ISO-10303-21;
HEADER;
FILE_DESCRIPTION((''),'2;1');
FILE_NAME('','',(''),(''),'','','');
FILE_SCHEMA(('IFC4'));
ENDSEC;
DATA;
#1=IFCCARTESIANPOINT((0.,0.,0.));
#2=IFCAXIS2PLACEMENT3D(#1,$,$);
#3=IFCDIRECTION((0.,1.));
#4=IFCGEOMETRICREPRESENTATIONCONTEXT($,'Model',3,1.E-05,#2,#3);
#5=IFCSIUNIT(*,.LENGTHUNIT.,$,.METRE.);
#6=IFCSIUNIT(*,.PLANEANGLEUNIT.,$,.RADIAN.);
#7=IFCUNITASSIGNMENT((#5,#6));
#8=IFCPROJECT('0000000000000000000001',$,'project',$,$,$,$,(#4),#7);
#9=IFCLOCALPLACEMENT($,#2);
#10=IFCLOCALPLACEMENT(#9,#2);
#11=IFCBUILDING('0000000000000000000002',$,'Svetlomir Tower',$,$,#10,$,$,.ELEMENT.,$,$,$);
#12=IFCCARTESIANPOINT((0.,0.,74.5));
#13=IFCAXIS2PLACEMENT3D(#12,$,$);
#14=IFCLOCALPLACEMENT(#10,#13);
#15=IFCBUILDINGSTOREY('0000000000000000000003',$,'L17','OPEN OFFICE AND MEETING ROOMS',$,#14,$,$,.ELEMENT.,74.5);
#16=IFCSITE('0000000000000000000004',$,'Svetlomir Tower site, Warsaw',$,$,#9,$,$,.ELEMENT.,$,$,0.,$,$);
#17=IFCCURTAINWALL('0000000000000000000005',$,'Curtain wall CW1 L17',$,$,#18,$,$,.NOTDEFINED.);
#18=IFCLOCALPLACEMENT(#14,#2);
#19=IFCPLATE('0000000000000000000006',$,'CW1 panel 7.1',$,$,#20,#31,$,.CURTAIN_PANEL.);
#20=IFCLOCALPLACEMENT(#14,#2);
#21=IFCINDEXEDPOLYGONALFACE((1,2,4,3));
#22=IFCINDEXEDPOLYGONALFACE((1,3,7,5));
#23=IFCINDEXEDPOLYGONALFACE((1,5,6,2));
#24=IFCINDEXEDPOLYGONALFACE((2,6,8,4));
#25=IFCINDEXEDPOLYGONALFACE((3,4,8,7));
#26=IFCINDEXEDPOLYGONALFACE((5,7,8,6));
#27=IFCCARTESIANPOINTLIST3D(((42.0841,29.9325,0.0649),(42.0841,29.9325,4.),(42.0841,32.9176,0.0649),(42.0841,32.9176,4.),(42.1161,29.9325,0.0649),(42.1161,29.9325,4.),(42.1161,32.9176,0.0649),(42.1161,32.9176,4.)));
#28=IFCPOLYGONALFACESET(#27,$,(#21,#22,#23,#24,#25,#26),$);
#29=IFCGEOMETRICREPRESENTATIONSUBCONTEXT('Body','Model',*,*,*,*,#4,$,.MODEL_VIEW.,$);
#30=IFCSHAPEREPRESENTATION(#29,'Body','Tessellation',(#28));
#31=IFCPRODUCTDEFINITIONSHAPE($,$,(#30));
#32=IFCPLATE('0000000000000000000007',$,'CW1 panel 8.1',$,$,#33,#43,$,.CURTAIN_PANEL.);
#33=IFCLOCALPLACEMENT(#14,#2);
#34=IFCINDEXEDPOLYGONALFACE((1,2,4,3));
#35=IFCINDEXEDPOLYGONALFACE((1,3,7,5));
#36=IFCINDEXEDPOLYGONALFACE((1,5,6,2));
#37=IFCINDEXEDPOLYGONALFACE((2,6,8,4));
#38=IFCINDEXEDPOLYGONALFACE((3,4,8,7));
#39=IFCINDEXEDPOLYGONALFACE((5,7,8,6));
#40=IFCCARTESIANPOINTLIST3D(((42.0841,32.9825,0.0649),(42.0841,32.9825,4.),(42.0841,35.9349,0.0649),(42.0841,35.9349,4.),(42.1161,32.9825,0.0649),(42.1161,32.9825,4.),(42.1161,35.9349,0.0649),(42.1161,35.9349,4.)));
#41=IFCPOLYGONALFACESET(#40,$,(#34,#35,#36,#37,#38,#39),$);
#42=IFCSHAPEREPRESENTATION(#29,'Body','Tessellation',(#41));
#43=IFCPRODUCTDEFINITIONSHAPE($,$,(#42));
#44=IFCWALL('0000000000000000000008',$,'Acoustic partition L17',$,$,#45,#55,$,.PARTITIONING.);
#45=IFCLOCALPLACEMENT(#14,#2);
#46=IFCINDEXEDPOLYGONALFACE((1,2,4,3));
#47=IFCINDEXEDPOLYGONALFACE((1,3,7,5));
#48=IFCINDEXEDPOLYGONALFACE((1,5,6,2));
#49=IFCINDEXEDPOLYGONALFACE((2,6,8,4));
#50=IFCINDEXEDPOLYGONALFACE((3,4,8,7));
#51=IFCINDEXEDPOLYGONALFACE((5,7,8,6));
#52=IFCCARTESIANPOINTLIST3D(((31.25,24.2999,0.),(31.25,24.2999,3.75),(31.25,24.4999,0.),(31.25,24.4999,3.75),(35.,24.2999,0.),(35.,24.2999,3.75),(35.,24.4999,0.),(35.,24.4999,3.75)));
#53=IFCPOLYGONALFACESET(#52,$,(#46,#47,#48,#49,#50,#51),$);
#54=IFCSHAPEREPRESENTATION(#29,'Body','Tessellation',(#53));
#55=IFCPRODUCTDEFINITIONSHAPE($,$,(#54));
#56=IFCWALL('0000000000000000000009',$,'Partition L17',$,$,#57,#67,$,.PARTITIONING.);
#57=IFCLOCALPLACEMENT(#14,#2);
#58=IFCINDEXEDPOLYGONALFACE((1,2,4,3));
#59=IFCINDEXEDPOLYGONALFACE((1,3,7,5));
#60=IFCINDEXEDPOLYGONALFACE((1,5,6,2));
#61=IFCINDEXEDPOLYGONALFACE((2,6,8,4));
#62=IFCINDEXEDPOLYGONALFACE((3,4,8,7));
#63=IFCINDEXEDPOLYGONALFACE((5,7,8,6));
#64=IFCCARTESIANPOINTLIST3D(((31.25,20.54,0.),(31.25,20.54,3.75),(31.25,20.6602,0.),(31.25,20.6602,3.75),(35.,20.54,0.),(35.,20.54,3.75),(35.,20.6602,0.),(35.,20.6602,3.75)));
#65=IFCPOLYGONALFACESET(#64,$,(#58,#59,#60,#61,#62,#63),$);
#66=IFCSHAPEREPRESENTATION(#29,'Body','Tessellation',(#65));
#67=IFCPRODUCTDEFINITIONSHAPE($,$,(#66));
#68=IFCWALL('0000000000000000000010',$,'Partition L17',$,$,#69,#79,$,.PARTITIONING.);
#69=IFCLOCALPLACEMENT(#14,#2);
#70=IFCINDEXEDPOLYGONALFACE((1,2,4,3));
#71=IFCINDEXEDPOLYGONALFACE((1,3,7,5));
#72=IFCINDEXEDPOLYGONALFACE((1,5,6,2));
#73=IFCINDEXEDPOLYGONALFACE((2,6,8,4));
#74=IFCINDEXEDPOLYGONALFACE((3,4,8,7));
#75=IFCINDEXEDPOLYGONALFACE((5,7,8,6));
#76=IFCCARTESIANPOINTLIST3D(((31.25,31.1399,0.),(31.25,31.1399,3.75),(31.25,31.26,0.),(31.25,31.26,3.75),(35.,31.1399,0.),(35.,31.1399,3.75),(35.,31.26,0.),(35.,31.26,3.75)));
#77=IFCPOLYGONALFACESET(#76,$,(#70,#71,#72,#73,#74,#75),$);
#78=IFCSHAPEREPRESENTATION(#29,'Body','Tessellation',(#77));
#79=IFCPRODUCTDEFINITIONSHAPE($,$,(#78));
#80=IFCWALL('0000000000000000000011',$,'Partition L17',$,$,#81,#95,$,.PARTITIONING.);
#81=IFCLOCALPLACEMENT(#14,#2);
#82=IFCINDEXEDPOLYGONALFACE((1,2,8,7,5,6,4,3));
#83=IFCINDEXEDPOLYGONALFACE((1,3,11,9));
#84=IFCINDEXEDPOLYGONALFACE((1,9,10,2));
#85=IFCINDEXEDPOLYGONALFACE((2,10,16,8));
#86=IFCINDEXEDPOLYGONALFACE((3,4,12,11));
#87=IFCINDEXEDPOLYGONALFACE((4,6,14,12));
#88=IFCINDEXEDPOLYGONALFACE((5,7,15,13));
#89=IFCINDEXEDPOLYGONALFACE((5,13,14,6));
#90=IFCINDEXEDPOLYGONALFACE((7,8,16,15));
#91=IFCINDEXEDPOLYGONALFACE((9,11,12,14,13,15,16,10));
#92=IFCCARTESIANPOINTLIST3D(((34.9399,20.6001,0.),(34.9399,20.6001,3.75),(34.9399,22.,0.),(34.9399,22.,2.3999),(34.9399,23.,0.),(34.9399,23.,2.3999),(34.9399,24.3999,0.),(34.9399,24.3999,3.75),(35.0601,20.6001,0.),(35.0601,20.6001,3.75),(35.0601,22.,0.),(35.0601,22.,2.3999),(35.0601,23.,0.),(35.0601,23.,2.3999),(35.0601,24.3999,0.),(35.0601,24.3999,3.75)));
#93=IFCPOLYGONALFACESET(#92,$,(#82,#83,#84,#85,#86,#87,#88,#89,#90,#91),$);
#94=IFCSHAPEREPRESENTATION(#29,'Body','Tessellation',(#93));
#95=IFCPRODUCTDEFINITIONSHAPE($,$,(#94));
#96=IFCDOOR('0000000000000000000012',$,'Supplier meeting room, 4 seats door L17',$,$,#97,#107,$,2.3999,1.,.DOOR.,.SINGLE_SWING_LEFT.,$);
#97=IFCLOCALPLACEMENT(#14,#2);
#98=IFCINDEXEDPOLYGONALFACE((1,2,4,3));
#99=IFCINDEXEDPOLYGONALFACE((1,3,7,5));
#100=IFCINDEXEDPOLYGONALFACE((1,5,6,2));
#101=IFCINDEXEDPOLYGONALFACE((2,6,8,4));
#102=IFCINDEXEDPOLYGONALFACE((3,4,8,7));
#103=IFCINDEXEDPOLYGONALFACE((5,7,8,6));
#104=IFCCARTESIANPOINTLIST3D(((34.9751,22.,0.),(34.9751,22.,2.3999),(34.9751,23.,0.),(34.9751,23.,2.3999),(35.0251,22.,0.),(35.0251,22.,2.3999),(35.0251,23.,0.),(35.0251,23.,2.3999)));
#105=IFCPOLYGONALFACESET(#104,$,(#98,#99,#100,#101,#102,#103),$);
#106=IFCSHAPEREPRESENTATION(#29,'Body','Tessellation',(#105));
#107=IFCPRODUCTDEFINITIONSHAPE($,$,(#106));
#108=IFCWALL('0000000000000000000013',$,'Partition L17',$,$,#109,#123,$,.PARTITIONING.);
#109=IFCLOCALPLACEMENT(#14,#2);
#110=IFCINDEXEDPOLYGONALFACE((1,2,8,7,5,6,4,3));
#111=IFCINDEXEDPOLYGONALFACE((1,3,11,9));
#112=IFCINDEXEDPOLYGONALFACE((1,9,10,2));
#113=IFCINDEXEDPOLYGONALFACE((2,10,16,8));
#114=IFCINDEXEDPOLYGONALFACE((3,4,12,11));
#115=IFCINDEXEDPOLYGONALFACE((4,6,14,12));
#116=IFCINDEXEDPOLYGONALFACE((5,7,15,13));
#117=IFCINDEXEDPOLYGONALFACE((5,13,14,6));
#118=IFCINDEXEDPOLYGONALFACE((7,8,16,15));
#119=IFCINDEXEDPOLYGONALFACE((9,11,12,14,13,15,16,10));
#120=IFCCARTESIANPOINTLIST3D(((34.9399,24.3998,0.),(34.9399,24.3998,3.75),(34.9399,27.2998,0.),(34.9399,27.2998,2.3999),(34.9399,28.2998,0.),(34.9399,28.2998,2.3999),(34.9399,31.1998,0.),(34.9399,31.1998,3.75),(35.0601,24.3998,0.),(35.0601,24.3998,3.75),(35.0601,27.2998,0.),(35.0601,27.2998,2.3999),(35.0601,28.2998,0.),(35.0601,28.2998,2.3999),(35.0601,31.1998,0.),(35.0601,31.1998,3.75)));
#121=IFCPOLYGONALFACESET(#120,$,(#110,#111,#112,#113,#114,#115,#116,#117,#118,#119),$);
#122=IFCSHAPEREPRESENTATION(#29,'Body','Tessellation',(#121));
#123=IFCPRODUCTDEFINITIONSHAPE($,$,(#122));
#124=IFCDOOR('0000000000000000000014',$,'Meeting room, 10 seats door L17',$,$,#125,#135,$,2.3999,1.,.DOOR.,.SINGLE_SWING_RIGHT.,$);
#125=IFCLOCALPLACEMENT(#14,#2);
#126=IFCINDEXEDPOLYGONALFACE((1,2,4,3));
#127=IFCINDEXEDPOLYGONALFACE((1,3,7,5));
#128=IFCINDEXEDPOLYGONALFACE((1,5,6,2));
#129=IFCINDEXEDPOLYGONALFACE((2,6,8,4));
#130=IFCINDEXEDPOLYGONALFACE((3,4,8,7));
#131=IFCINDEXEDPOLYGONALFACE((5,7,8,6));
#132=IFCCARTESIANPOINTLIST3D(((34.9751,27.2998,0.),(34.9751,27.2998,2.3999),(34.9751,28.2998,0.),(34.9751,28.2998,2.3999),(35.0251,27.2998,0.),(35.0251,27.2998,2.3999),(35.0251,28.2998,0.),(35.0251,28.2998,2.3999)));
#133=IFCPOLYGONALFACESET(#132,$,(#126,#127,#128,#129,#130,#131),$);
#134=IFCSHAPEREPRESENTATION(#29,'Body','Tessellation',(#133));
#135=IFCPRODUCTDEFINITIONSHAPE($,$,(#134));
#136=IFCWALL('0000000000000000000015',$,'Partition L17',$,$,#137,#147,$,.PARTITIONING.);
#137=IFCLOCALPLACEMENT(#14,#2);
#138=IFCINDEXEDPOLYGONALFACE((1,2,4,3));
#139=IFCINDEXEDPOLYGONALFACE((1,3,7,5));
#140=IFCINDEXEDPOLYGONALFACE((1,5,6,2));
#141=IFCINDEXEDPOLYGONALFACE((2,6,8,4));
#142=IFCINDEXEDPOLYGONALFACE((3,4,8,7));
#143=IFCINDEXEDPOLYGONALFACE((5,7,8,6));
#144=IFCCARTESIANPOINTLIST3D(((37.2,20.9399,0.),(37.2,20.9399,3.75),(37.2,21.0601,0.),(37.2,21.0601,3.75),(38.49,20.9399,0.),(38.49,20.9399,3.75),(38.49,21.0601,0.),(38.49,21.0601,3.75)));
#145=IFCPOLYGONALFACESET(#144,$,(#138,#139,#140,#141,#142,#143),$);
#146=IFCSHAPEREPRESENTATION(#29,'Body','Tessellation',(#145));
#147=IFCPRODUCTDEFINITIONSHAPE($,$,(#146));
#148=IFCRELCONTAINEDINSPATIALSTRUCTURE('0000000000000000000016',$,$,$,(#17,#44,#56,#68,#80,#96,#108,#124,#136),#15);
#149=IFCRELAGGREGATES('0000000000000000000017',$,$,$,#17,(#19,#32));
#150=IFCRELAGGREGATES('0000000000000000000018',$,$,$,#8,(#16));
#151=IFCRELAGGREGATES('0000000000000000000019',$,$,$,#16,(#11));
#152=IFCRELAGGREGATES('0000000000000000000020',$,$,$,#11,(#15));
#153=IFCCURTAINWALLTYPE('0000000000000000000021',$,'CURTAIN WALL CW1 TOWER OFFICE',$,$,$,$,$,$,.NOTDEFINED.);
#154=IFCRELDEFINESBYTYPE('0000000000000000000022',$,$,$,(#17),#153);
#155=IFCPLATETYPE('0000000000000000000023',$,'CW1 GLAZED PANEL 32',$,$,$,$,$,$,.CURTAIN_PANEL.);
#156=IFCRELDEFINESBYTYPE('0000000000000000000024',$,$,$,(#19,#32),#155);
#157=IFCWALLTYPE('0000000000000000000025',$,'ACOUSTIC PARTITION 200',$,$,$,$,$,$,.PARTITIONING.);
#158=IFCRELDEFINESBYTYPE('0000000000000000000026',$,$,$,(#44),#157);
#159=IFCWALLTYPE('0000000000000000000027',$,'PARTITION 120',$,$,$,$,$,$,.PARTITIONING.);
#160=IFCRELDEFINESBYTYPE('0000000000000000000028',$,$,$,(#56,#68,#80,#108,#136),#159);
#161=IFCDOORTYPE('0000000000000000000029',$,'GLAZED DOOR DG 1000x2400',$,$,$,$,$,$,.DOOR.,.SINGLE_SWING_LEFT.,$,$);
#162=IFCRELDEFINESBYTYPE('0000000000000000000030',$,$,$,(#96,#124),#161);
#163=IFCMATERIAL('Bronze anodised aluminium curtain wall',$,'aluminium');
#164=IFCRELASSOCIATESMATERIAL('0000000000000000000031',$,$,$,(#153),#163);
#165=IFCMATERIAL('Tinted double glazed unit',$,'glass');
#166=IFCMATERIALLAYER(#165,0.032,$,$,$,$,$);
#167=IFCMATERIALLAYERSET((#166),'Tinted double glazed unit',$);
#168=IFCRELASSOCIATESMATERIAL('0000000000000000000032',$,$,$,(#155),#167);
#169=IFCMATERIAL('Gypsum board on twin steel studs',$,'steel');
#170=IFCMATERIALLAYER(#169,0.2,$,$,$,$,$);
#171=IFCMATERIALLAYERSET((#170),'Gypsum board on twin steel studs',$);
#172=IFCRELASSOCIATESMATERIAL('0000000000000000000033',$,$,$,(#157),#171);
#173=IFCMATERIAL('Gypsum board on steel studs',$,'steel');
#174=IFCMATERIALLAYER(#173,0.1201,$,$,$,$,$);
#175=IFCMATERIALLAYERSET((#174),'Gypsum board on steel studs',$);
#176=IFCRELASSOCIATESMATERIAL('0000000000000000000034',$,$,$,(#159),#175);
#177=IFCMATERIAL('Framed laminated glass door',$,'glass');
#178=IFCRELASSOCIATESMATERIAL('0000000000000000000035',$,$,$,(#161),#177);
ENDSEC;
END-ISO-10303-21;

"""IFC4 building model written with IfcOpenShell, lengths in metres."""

from ifc_helpers import new_model, si_unit, direction, frame, frame_2d, origin, origin_2d, place, context, subcontext, project, spatial, rectangle, extrude, material, layer, layer_set, type_object, element, fill, aggregate, save


model = new_model("IFC4")

# Units and contexts
model_context = context("Model", 3, precision=1e-05, world=origin(), true_north=direction((0.0, 1.0)))
body_context = subcontext(model_context, "Body", "Model", "MODEL_VIEW")
ifc_project = project(units=[si_unit("LENGTHUNIT", "METRE"), si_unit("PLANEANGLEUNIT", "RADIAN")], contexts=[model_context])

# Site, building, storey
site_placement = place(None, origin())
site = spatial("IfcSite", under=ifc_project, at=site_placement, Name="Svetlomir Tower site, Warsaw", CompositionType="ELEMENT", RefElevation=0.0)
building_placement = place(site_placement, origin())
building = spatial("IfcBuilding", under=site, at=building_placement, Name="Svetlomir Tower", CompositionType="ELEMENT")
storey_placement = place(building_placement, frame((0.0, 0.0, 74.5)))
storey = spatial("IfcBuildingStorey", under=building, at=storey_placement, Name="L17", Description="OPEN OFFICE AND MEETING ROOMS", CompositionType="ELEMENT", Elevation=74.5)

# Curtain wall
ifc_material_1 = material(Name="Bronze anodised aluminium curtain wall", Category="aluminium")
curtain_wall_type = type_object("IfcCurtainWallType", Name="CURTAIN WALL CW1 TOWER OFFICE", PredefinedType="NOTDEFINED", material=ifc_material_1)
curtain_wall_placement = place(storey_placement, origin())
curtain_wall = element("IfcCurtainWall", 1, at=curtain_wall_placement, inside=storey, type_object=curtain_wall_type, Name="Curtain wall CW1 L17", PredefinedType="NOTDEFINED")

# Plates
ifc_material_2 = material(Name="Tinted double glazed unit", Category="glass")
ifc_layer_1 = layer(ifc_material_2, 0.032)
ifc_layer_set_1 = layer_set([ifc_layer_1], Name="Tinted double glazed unit")
plate_type = type_object("IfcPlateType", Name="CW1 GLAZED PANEL 32", PredefinedType="CURTAIN_PANEL", material=ifc_layer_set_1)
plate_1_placement = place(storey_placement, frame((42.1001, 31.425, 0.0649), z_axis=(0.0, 0.0, 1.0), x_axis=(0.0, 1.0, 0.0)))
plate_1 = element("IfcPlate", 2, at=plate_1_placement, type_object=plate_type, Name="CW1 panel 7.1", PredefinedType="CURTAIN_PANEL", context=body_context, shape_type="SweptSolid", body=[
    extrude(rectangle(XDim=2.9851, YDim=0.032, at=origin_2d()), origin(), (0.0, 0.0, 1.0), 3.9351),
])
plate_2_placement = place(storey_placement, frame((42.1001, 34.4587, 0.0649), z_axis=(0.0, 0.0, 1.0), x_axis=(0.0, 1.0, 0.0)))
plate_2 = element("IfcPlate", 3, at=plate_2_placement, type_object=plate_type, Name="CW1 panel 8.1", PredefinedType="CURTAIN_PANEL", context=body_context, shape_type="SweptSolid", body=[
    extrude(rectangle(XDim=2.9524, YDim=0.032, at=origin_2d()), origin(), (0.0, 0.0, 1.0), 3.9351),
])
aggregate(curtain_wall, [plate_1, plate_2])

# Walls
ifc_material_3 = material(Name="Gypsum board on twin steel studs", Category="steel")
ifc_layer_2 = layer(ifc_material_3, 0.2)
ifc_layer_set_2 = layer_set([ifc_layer_2], Name="Gypsum board on twin steel studs")
wall_type_1 = type_object("IfcWallType", Name="ACOUSTIC PARTITION 200", PredefinedType="PARTITIONING", material=ifc_layer_set_2)
wall_1_placement = place(storey_placement, frame((31.25, 24.3999, 0.0), z_axis=(0.0, 0.0, 1.0), x_axis=(1.0, 0.0, 0.0)))
element("IfcWall", 4, at=wall_1_placement, inside=storey, type_object=wall_type_1, Name="Acoustic partition L17", PredefinedType="PARTITIONING", context=body_context, shape_type="SweptSolid", body=[
    extrude(rectangle(XDim=3.75, YDim=0.2, at=frame_2d((1.875, 0.0))), origin(), (0.0, 0.0, 1.0), 3.75),
])
ifc_material_4 = material(Name="Gypsum board on steel studs", Category="steel")
ifc_layer_3 = layer(ifc_material_4, 0.1201)
ifc_layer_set_3 = layer_set([ifc_layer_3], Name="Gypsum board on steel studs")
wall_type_2 = type_object("IfcWallType", Name="PARTITION 120", PredefinedType="PARTITIONING", material=ifc_layer_set_3)
for number, where, z_axis, x_axis, name in (
    (5, (31.25, 20.6001, 0.0), (0.0, 0.0, 1.0), (1.0, 0.0, 0.0), "Partition L17"),
    (6, (31.25, 31.2, 0.0), (0.0, 0.0, 1.0), (1.0, 0.0, 0.0), "Partition L17"),
):
    element("IfcWall", number, at=place(storey_placement, frame(where, z_axis=z_axis, x_axis=x_axis)), inside=storey, type_object=wall_type_2, Name=name, PredefinedType="PARTITIONING", context=body_context, shape_type="SweptSolid", body=[
        extrude(rectangle(XDim=3.75, YDim=0.1201, at=frame_2d((1.875, 0.0))), origin(), (0.0, 0.0, 1.0), 3.75),
    ])

# Walls, openings, doors
wall_2_placement = place(storey_placement, frame((35.0, 20.6001, 0.0), z_axis=(0.0, 0.0, 1.0), x_axis=(0.0, 1.0, 0.0)))
wall_2 = element("IfcWall", 7, at=wall_2_placement, inside=storey, type_object=wall_type_2, Name="Partition L17", PredefinedType="PARTITIONING", context=body_context, shape_type="SweptSolid", body=[
    extrude(rectangle(XDim=3.7998, YDim=0.1201, at=frame_2d((1.8999, 0.0))), origin(), (0.0, 0.0, 1.0), 3.75),
])
opening_1_placement = place(wall_2_placement, frame((1.3999, 0.0, 0.0)))
opening_1 = element("IfcOpeningElement", 8, at=opening_1_placement, cuts=wall_2, PredefinedType="OPENING", context=body_context, shape_type="SweptSolid", body=[
    extrude(rectangle(XDim=1.0, YDim=2.3999, at=frame_2d((0.5, 1.2))), frame((0.0, 0.0701, 0.0), z_axis=(0.0, -1.0, 0.0), x_axis=(1.0, 0.0, 0.0)), (0.0, 0.0, 1.0), 0.1401),
])
ifc_material_5 = material(Name="Framed laminated glass door", Category="glass")
door_type = type_object("IfcDoorType", Name="GLAZED DOOR DG 1000x2400", OperationType="SINGLE_SWING_LEFT", PredefinedType="DOOR", material=ifc_material_5)
door_1_placement = place(opening_1_placement, origin())
door_1 = element("IfcDoor", 9, at=door_1_placement, inside=storey, type_object=door_type, Name="Supplier meeting room, 4 seats door L17", OperationType="SINGLE_SWING_LEFT", OverallHeight=2.3999, OverallWidth=1.0, PredefinedType="DOOR", context=body_context, shape_type="SweptSolid", body=[
    extrude(rectangle(XDim=1.0, YDim=2.3999, at=frame_2d((0.5, 1.2))), frame((0.0, 0.0249, 0.0), z_axis=(0.0, -1.0, 0.0), x_axis=(1.0, 0.0, 0.0)), (0.0, 0.0, 1.0), 0.05),
])
fill(opening_1, door_1)
wall_3_placement = place(storey_placement, frame((35.0, 24.3999, 0.0), z_axis=(0.0, 0.0, 1.0), x_axis=(0.0, 1.0, 0.0)))
wall_3 = element("IfcWall", 10, at=wall_3_placement, inside=storey, type_object=wall_type_2, Name="Partition L17", PredefinedType="PARTITIONING", context=body_context, shape_type="SweptSolid", body=[
    extrude(rectangle(XDim=6.8, YDim=0.1201, at=frame_2d((3.3999, 0.0))), origin(), (0.0, 0.0, 1.0), 3.75),
])
opening_2_placement = place(wall_3_placement, frame((2.8999, 0.0, 0.0)))
opening_2 = element("IfcOpeningElement", 11, at=opening_2_placement, cuts=wall_3, PredefinedType="OPENING", context=body_context, shape_type="SweptSolid", body=[
    extrude(rectangle(XDim=1.0, YDim=2.3999, at=frame_2d((0.5, 1.2))), frame((0.0, 0.0701, 0.0), z_axis=(0.0, -1.0, 0.0), x_axis=(1.0, 0.0, 0.0)), (0.0, 0.0, 1.0), 0.1401),
])
door_2_placement = place(opening_2_placement, origin())
door_2 = element("IfcDoor", 12, at=door_2_placement, inside=storey, type_object=door_type, Name="Meeting room, 10 seats door L17", OperationType="SINGLE_SWING_RIGHT", OverallHeight=2.3999, OverallWidth=1.0, PredefinedType="DOOR", context=body_context, shape_type="SweptSolid", body=[
    extrude(rectangle(XDim=1.0, YDim=2.3999, at=frame_2d((0.5, 1.2))), frame((0.0, 0.0249, 0.0), z_axis=(0.0, -1.0, 0.0), x_axis=(1.0, 0.0, 0.0)), (0.0, 0.0, 1.0), 0.05),
])
fill(opening_2, door_2)

# Wall
wall_4_placement = place(storey_placement, frame((37.2, 21.0, 0.0), z_axis=(0.0, 0.0, 1.0), x_axis=(1.0, 0.0, 0.0)))
element("IfcWall", 13, at=wall_4_placement, inside=storey, type_object=wall_type_2, Name="Partition L17", PredefinedType="PARTITIONING", context=body_context, shape_type="SweptSolid", body=[
    extrude(rectangle(XDim=1.29, YDim=0.1201, at=frame_2d((0.645, 0.0))), origin(), (0.0, 0.0, 1.0), 3.75),
])

save(model, "model.ifc")
